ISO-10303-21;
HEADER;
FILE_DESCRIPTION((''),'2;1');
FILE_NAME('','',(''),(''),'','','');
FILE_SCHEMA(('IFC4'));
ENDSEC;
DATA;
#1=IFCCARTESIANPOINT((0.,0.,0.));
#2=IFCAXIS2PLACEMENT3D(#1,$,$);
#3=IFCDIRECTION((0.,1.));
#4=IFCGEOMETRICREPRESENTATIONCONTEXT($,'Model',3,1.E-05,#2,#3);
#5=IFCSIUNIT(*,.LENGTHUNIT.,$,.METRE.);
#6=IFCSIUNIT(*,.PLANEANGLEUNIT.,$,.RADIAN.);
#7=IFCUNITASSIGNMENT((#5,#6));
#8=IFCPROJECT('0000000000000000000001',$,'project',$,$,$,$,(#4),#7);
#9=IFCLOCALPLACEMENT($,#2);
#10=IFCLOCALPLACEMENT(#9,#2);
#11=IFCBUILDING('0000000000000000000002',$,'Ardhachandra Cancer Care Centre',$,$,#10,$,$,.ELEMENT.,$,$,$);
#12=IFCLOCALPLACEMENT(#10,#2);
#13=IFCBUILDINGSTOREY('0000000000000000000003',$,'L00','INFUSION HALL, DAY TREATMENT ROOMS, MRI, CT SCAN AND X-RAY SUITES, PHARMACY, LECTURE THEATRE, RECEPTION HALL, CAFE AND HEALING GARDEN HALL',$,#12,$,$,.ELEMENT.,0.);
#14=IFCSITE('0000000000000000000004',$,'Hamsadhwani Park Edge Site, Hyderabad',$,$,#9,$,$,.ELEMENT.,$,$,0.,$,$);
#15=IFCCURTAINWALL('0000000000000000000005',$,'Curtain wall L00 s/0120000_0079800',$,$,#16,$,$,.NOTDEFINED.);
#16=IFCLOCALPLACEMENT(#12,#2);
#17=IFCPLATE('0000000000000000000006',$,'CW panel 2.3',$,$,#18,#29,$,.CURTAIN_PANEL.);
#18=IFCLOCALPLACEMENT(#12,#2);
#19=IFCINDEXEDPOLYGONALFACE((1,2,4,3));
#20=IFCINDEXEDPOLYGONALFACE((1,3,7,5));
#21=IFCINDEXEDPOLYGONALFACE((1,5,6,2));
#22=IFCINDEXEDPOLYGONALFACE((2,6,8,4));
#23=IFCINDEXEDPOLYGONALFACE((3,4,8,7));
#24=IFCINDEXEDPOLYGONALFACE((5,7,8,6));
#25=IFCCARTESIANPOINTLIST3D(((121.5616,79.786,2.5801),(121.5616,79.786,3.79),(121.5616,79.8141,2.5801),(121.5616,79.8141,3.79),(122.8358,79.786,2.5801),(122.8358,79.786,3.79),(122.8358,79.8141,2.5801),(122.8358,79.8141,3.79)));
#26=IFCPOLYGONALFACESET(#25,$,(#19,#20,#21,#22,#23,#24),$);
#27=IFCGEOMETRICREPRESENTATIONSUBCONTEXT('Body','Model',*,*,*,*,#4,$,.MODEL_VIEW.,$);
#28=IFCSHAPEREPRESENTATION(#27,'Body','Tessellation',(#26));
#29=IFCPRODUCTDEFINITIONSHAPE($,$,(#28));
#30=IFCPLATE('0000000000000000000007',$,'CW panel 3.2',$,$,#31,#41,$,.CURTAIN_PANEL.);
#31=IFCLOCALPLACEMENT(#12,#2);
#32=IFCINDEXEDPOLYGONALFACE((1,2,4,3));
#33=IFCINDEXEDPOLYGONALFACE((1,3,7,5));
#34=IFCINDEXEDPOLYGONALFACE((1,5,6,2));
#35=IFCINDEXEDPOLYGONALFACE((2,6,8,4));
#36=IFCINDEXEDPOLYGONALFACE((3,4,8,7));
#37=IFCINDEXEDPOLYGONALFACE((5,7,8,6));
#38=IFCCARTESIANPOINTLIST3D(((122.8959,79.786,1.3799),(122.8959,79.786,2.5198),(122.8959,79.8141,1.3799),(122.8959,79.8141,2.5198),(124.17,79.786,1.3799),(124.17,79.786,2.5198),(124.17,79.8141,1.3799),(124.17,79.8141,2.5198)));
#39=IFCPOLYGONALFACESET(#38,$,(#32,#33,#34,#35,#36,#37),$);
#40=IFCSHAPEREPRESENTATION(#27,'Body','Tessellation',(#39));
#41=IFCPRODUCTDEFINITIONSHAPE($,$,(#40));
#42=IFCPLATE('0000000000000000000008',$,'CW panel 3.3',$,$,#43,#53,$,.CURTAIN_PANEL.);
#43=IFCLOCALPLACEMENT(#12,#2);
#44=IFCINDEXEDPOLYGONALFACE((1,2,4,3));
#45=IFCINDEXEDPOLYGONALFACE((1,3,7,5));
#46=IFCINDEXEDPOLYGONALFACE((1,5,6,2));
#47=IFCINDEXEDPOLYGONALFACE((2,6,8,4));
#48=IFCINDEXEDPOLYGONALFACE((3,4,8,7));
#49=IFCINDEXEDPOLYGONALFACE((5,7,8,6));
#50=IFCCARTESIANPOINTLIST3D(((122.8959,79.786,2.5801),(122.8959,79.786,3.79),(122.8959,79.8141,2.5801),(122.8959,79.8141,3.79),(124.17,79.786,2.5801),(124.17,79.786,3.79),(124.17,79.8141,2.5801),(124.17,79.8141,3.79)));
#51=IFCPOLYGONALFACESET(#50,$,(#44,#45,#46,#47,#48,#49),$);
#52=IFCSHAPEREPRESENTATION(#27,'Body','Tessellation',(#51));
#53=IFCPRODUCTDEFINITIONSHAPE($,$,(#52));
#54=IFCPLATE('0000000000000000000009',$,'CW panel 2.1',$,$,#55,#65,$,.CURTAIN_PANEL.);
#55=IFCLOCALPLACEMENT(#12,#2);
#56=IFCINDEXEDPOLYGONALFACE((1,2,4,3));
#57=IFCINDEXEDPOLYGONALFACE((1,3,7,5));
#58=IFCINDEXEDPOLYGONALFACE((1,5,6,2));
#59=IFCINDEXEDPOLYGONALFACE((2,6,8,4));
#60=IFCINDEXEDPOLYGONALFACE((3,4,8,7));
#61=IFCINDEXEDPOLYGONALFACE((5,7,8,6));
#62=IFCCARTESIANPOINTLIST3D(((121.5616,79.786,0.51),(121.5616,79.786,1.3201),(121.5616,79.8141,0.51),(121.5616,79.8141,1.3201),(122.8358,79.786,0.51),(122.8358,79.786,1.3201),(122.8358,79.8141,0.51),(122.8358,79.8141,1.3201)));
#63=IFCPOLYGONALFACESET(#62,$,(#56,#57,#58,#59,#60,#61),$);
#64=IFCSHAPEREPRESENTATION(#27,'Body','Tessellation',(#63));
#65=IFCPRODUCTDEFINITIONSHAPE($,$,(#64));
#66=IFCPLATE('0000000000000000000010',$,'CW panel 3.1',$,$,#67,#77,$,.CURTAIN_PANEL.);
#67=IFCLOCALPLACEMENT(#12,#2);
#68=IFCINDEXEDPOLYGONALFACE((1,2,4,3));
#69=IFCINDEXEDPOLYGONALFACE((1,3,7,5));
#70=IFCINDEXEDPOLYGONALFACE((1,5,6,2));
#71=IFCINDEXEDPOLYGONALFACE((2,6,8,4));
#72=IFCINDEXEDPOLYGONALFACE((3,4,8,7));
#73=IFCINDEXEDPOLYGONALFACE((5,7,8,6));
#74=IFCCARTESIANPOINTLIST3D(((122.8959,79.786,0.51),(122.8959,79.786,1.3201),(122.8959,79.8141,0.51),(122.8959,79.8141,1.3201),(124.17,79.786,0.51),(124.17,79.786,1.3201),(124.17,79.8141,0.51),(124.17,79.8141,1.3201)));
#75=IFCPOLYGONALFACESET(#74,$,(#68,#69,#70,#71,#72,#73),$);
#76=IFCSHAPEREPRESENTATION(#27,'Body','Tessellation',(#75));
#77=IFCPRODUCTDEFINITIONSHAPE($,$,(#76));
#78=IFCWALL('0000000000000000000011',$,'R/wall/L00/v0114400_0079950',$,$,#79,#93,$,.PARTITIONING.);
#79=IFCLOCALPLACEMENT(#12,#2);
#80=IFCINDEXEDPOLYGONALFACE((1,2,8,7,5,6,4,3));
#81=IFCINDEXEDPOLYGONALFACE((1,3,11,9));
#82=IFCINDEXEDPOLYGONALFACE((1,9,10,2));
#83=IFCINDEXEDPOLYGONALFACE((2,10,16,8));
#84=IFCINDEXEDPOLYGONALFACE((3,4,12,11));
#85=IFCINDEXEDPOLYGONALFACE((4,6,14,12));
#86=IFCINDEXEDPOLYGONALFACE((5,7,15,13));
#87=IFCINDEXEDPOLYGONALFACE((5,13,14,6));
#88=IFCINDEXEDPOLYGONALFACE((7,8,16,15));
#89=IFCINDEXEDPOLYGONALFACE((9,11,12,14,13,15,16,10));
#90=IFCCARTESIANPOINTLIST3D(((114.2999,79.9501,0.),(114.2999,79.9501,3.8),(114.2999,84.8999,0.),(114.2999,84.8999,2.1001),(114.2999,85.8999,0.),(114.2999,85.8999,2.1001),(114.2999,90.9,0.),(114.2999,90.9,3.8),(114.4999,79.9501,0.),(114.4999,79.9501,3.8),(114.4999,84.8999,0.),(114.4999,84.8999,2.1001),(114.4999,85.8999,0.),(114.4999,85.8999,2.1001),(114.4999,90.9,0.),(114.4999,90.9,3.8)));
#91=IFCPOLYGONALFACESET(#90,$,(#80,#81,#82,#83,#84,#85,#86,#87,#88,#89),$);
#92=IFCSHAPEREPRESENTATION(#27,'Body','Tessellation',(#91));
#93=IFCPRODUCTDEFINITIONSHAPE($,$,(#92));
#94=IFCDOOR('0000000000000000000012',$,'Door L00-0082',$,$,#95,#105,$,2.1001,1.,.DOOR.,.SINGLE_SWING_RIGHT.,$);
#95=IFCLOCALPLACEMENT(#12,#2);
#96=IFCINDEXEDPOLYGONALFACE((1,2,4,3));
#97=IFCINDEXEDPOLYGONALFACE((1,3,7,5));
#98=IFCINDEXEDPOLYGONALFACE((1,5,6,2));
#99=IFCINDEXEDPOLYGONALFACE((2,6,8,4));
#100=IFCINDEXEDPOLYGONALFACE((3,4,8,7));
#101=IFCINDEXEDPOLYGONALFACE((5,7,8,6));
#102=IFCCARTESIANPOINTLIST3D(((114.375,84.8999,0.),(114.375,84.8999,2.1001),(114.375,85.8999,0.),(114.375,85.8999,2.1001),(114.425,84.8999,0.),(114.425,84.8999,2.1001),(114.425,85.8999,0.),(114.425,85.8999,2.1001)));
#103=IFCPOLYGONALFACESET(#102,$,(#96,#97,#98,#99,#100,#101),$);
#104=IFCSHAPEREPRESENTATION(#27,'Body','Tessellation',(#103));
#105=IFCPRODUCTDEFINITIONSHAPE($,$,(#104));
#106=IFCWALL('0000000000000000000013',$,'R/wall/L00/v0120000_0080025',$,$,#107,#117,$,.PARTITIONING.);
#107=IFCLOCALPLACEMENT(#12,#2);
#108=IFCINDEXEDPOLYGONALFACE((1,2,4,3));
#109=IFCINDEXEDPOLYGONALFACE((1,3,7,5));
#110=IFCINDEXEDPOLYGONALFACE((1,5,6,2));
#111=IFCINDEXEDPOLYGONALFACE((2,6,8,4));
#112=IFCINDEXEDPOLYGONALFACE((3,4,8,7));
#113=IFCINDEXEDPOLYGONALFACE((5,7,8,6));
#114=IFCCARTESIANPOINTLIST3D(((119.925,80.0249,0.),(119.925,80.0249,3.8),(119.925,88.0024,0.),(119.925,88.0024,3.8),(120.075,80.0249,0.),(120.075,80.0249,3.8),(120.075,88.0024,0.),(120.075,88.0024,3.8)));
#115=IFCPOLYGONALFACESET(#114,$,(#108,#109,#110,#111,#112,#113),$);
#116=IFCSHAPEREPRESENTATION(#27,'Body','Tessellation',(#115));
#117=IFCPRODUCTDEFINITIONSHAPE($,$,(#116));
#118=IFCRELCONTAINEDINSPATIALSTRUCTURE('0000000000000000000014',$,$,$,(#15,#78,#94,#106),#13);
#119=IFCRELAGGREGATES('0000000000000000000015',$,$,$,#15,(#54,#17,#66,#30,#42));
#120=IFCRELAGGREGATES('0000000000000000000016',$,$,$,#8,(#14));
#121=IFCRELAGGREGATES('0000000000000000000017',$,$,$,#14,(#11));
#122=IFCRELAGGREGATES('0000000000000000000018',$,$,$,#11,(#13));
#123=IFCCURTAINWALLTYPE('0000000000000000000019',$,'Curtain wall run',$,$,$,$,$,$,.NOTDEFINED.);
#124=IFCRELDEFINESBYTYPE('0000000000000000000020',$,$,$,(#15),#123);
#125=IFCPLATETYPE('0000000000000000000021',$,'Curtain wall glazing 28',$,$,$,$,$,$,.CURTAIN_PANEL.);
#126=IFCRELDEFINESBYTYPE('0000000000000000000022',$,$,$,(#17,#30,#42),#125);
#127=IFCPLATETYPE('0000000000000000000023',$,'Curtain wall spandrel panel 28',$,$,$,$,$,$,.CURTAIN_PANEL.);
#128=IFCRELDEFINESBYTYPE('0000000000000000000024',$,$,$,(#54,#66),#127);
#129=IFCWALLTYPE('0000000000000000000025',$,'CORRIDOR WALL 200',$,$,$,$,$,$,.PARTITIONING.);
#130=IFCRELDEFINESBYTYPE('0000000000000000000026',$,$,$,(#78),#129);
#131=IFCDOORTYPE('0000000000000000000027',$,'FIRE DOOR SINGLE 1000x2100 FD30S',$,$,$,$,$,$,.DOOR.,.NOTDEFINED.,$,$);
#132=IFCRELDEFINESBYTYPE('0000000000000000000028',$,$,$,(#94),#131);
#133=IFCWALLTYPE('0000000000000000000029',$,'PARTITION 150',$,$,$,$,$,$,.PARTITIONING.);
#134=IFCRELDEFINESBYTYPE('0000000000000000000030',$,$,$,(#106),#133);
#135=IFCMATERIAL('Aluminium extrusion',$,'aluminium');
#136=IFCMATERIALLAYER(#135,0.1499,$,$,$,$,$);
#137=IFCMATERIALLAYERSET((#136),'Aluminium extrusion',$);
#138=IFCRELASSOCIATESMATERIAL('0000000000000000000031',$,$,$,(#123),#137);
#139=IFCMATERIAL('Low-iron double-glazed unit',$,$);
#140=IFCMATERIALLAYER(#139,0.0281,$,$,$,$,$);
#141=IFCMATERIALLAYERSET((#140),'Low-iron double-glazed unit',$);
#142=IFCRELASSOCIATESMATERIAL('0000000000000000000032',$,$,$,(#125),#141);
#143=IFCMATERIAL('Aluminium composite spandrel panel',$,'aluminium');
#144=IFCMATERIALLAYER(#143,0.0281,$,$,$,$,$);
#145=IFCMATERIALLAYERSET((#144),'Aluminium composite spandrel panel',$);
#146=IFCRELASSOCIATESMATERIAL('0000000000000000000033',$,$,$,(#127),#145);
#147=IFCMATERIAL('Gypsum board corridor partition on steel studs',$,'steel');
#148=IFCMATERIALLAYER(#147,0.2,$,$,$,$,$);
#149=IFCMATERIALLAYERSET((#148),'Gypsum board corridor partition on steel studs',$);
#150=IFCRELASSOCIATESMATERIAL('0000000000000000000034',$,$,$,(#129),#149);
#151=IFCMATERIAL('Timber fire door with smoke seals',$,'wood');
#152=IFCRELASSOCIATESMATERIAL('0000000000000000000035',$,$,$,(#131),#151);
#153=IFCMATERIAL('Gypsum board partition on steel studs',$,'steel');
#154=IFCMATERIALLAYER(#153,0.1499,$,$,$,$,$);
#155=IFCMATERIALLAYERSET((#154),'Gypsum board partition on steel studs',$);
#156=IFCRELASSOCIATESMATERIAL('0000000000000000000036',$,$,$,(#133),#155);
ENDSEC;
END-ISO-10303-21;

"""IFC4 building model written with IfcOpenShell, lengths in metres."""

from ifc_helpers import new_model, si_unit, direction, frame, frame_2d, origin, origin_2d, place, context, subcontext, project, spatial, rectangle, extrude, material, layer, layer_set, type_object, element, fill, aggregate, save


model = new_model("IFC4")

# Units and contexts
model_context = context("Model", 3, precision=1e-05, world=origin(), true_north=direction((0.0, 1.0)))
body_context = subcontext(model_context, "Body", "Model", "MODEL_VIEW")
ifc_project = project(units=[si_unit("LENGTHUNIT", "METRE"), si_unit("PLANEANGLEUNIT", "RADIAN")], contexts=[model_context])

# Site, building, storey
site_placement = place(None, origin())
site = spatial("IfcSite", under=ifc_project, at=site_placement, Name="Hamsadhwani Park Edge Site, Hyderabad", CompositionType="ELEMENT", RefElevation=0.0)
building_placement = place(site_placement, origin())
building = spatial("IfcBuilding", under=site, at=building_placement, Name="Ardhachandra Cancer Care Centre", CompositionType="ELEMENT")
storey_placement = place(building_placement, origin())
storey = spatial("IfcBuildingStorey", under=building, at=storey_placement, Name="L00", Description="INFUSION HALL, DAY TREATMENT ROOMS, MRI, CT SCAN AND X-RAY SUITES, PHARMACY, LECTURE THEATRE, RECEPTION HALL, CAFE AND HEALING GARDEN HALL", CompositionType="ELEMENT", Elevation=0.0)

# Curtain wall, plates
ifc_material_1 = material(Name="Aluminium extrusion", Category="aluminium")
ifc_layer_1 = layer(ifc_material_1, 0.1499)
ifc_layer_set_1 = layer_set([ifc_layer_1], Name="Aluminium extrusion")
curtain_wall_type = type_object("IfcCurtainWallType", Name="Curtain wall run", PredefinedType="NOTDEFINED", material=ifc_layer_set_1)
curtain_wall_placement = place(storey_placement, origin())
curtain_wall = element("IfcCurtainWall", 1, at=curtain_wall_placement, inside=storey, type_object=curtain_wall_type, Name="Curtain wall L00 s/0120000_0079800", PredefinedType="NOTDEFINED")
ifc_material_2 = material(Name="Low-iron double-glazed unit")
ifc_layer_2 = layer(ifc_material_2, 0.0281)
ifc_layer_set_2 = layer_set([ifc_layer_2], Name="Low-iron double-glazed unit")
plate_type_1 = type_object("IfcPlateType", Name="Curtain wall glazing 28", PredefinedType="CURTAIN_PANEL", material=ifc_layer_set_2)
plate_1_placement = place(storey_placement, frame((122.1987, 79.8, 2.5801), z_axis=(0.0, 0.0, 1.0), x_axis=(1.0, 0.0, 0.0)))
plate_1 = element("IfcPlate", 2, at=plate_1_placement, type_object=plate_type_1, Name="CW panel 2.3", PredefinedType="CURTAIN_PANEL", context=body_context, shape_type="SweptSolid", body=[
    extrude(rectangle(XDim=1.2742, YDim=0.0281, at=origin_2d()), origin(), (0.0, 0.0, 1.0), 1.21),
])
plate_2_placement = place(storey_placement, frame((123.533, 79.8, 1.3799), z_axis=(0.0, 0.0, 1.0), x_axis=(1.0, 0.0, 0.0)))
plate_2 = element("IfcPlate", 3, at=plate_2_placement, type_object=plate_type_1, Name="CW panel 3.2", PredefinedType="CURTAIN_PANEL", context=body_context, shape_type="SweptSolid", body=[
    extrude(rectangle(XDim=1.2742, YDim=0.0281, at=origin_2d()), origin(), (0.0, 0.0, 1.0), 1.1399),
])
plate_3_placement = place(storey_placement, frame((123.533, 79.8, 2.5801), z_axis=(0.0, 0.0, 1.0), x_axis=(1.0, 0.0, 0.0)))
plate_3 = element("IfcPlate", 4, at=plate_3_placement, type_object=plate_type_1, Name="CW panel 3.3", PredefinedType="CURTAIN_PANEL", context=body_context, shape_type="SweptSolid", body=[
    extrude(rectangle(XDim=1.2742, YDim=0.0281, at=origin_2d()), origin(), (0.0, 0.0, 1.0), 1.21),
])
ifc_material_3 = material(Name="Aluminium composite spandrel panel", Category="aluminium")
ifc_layer_3 = layer(ifc_material_3, 0.0281)
ifc_layer_set_3 = layer_set([ifc_layer_3], Name="Aluminium composite spandrel panel")
plate_type_2 = type_object("IfcPlateType", Name="Curtain wall spandrel panel 28", PredefinedType="CURTAIN_PANEL", material=ifc_layer_set_3)
plate_4_placement = place(storey_placement, frame((122.1987, 79.8, 0.51), z_axis=(0.0, 0.0, 1.0), x_axis=(1.0, 0.0, 0.0)))
plate_4 = element("IfcPlate", 5, at=plate_4_placement, type_object=plate_type_2, Name="CW panel 2.1", PredefinedType="CURTAIN_PANEL", context=body_context, shape_type="SweptSolid", body=[
    extrude(rectangle(XDim=1.2742, YDim=0.0281, at=origin_2d()), origin(), (0.0, 0.0, 1.0), 0.8101),
])
plate_5_placement = place(storey_placement, frame((123.533, 79.8, 0.51), z_axis=(0.0, 0.0, 1.0), x_axis=(1.0, 0.0, 0.0)))
plate_5 = element("IfcPlate", 6, at=plate_5_placement, type_object=plate_type_2, Name="CW panel 3.1", PredefinedType="CURTAIN_PANEL", context=body_context, shape_type="SweptSolid", body=[
    extrude(rectangle(XDim=1.2742, YDim=0.0281, at=origin_2d()), origin(), (0.0, 0.0, 1.0), 0.8101),
])
aggregate(curtain_wall, [plate_4, plate_1, plate_5, plate_2, plate_3])

# Wall, opening, door
ifc_material_4 = material(Name="Gypsum board corridor partition on steel studs", Category="steel")
ifc_layer_4 = layer(ifc_material_4, 0.2)
ifc_layer_set_4 = layer_set([ifc_layer_4], Name="Gypsum board corridor partition on steel studs")
wall_type_1 = type_object("IfcWallType", Name="CORRIDOR WALL 200", PredefinedType="PARTITIONING", material=ifc_layer_set_4)
wall_1_placement = place(storey_placement, frame((114.3999, 79.95, 0.0), z_axis=(0.0, 0.0, 1.0), x_axis=(0.0, 1.0, 0.0)))
wall_1 = element("IfcWall", 7, at=wall_1_placement, inside=storey, type_object=wall_type_1, Name="R/wall/L00/v0114400_0079950", PredefinedType="PARTITIONING", context=body_context, shape_type="SweptSolid", body=[
    extrude(rectangle(XDim=10.95, YDim=0.2, at=frame_2d((5.4751, 0.0))), origin(), (0.0, 0.0, 1.0), 3.8),
])
opening_placement = place(wall_1_placement, frame((4.95, 0.0, 0.0)))
opening = element("IfcOpeningElement", 8, at=opening_placement, cuts=wall_1, PredefinedType="OPENING", context=body_context, shape_type="SweptSolid", body=[
    extrude(rectangle(XDim=1.0, YDim=2.1001, at=frame_2d((0.5, 1.05))), frame((0.0, 0.1099, 0.0), z_axis=(0.0, -1.0, 0.0), x_axis=(1.0, 0.0, 0.0)), (0.0, 0.0, 1.0), 0.22),
])
ifc_material_5 = material(Name="Timber fire door with smoke seals", Category="wood")
door_type = type_object("IfcDoorType", Name="FIRE DOOR SINGLE 1000x2100 FD30S", OperationType="NOTDEFINED", PredefinedType="DOOR", material=ifc_material_5)
door_placement = place(opening_placement, origin())
door = element("IfcDoor", 9, at=door_placement, inside=storey, type_object=door_type, Name="Door L00-0082", OperationType="SINGLE_SWING_RIGHT", OverallHeight=2.1001, OverallWidth=1.0, PredefinedType="DOOR", context=body_context, shape_type="SweptSolid", body=[
    extrude(rectangle(XDim=1.0, YDim=2.1001, at=frame_2d((0.5, 1.05))), frame((0.0, 0.0249, 0.0), z_axis=(0.0, -1.0, 0.0), x_axis=(1.0, 0.0, 0.0)), (0.0, 0.0, 1.0), 0.05),
])
fill(opening, door)

# Wall
ifc_material_6 = material(Name="Gypsum board partition on steel studs", Category="steel")
ifc_layer_5 = layer(ifc_material_6, 0.1499)
ifc_layer_set_5 = layer_set([ifc_layer_5], Name="Gypsum board partition on steel studs")
wall_type_2 = type_object("IfcWallType", Name="PARTITION 150", PredefinedType="PARTITIONING", material=ifc_layer_set_5)
wall_2_placement = place(storey_placement, frame((120.0, 80.0249, 0.0), z_axis=(0.0, 0.0, 1.0), x_axis=(0.0, 1.0, 0.0)))
element("IfcWall", 10, at=wall_2_placement, inside=storey, type_object=wall_type_2, Name="R/wall/L00/v0120000_0080025", PredefinedType="PARTITIONING", context=body_context, shape_type="SweptSolid", body=[
    extrude(rectangle(XDim=7.9775, YDim=0.1499, at=frame_2d((3.9888, 0.0))), origin(), (0.0, 0.0, 1.0), 3.8),
])

save(model, "model.ifc")
